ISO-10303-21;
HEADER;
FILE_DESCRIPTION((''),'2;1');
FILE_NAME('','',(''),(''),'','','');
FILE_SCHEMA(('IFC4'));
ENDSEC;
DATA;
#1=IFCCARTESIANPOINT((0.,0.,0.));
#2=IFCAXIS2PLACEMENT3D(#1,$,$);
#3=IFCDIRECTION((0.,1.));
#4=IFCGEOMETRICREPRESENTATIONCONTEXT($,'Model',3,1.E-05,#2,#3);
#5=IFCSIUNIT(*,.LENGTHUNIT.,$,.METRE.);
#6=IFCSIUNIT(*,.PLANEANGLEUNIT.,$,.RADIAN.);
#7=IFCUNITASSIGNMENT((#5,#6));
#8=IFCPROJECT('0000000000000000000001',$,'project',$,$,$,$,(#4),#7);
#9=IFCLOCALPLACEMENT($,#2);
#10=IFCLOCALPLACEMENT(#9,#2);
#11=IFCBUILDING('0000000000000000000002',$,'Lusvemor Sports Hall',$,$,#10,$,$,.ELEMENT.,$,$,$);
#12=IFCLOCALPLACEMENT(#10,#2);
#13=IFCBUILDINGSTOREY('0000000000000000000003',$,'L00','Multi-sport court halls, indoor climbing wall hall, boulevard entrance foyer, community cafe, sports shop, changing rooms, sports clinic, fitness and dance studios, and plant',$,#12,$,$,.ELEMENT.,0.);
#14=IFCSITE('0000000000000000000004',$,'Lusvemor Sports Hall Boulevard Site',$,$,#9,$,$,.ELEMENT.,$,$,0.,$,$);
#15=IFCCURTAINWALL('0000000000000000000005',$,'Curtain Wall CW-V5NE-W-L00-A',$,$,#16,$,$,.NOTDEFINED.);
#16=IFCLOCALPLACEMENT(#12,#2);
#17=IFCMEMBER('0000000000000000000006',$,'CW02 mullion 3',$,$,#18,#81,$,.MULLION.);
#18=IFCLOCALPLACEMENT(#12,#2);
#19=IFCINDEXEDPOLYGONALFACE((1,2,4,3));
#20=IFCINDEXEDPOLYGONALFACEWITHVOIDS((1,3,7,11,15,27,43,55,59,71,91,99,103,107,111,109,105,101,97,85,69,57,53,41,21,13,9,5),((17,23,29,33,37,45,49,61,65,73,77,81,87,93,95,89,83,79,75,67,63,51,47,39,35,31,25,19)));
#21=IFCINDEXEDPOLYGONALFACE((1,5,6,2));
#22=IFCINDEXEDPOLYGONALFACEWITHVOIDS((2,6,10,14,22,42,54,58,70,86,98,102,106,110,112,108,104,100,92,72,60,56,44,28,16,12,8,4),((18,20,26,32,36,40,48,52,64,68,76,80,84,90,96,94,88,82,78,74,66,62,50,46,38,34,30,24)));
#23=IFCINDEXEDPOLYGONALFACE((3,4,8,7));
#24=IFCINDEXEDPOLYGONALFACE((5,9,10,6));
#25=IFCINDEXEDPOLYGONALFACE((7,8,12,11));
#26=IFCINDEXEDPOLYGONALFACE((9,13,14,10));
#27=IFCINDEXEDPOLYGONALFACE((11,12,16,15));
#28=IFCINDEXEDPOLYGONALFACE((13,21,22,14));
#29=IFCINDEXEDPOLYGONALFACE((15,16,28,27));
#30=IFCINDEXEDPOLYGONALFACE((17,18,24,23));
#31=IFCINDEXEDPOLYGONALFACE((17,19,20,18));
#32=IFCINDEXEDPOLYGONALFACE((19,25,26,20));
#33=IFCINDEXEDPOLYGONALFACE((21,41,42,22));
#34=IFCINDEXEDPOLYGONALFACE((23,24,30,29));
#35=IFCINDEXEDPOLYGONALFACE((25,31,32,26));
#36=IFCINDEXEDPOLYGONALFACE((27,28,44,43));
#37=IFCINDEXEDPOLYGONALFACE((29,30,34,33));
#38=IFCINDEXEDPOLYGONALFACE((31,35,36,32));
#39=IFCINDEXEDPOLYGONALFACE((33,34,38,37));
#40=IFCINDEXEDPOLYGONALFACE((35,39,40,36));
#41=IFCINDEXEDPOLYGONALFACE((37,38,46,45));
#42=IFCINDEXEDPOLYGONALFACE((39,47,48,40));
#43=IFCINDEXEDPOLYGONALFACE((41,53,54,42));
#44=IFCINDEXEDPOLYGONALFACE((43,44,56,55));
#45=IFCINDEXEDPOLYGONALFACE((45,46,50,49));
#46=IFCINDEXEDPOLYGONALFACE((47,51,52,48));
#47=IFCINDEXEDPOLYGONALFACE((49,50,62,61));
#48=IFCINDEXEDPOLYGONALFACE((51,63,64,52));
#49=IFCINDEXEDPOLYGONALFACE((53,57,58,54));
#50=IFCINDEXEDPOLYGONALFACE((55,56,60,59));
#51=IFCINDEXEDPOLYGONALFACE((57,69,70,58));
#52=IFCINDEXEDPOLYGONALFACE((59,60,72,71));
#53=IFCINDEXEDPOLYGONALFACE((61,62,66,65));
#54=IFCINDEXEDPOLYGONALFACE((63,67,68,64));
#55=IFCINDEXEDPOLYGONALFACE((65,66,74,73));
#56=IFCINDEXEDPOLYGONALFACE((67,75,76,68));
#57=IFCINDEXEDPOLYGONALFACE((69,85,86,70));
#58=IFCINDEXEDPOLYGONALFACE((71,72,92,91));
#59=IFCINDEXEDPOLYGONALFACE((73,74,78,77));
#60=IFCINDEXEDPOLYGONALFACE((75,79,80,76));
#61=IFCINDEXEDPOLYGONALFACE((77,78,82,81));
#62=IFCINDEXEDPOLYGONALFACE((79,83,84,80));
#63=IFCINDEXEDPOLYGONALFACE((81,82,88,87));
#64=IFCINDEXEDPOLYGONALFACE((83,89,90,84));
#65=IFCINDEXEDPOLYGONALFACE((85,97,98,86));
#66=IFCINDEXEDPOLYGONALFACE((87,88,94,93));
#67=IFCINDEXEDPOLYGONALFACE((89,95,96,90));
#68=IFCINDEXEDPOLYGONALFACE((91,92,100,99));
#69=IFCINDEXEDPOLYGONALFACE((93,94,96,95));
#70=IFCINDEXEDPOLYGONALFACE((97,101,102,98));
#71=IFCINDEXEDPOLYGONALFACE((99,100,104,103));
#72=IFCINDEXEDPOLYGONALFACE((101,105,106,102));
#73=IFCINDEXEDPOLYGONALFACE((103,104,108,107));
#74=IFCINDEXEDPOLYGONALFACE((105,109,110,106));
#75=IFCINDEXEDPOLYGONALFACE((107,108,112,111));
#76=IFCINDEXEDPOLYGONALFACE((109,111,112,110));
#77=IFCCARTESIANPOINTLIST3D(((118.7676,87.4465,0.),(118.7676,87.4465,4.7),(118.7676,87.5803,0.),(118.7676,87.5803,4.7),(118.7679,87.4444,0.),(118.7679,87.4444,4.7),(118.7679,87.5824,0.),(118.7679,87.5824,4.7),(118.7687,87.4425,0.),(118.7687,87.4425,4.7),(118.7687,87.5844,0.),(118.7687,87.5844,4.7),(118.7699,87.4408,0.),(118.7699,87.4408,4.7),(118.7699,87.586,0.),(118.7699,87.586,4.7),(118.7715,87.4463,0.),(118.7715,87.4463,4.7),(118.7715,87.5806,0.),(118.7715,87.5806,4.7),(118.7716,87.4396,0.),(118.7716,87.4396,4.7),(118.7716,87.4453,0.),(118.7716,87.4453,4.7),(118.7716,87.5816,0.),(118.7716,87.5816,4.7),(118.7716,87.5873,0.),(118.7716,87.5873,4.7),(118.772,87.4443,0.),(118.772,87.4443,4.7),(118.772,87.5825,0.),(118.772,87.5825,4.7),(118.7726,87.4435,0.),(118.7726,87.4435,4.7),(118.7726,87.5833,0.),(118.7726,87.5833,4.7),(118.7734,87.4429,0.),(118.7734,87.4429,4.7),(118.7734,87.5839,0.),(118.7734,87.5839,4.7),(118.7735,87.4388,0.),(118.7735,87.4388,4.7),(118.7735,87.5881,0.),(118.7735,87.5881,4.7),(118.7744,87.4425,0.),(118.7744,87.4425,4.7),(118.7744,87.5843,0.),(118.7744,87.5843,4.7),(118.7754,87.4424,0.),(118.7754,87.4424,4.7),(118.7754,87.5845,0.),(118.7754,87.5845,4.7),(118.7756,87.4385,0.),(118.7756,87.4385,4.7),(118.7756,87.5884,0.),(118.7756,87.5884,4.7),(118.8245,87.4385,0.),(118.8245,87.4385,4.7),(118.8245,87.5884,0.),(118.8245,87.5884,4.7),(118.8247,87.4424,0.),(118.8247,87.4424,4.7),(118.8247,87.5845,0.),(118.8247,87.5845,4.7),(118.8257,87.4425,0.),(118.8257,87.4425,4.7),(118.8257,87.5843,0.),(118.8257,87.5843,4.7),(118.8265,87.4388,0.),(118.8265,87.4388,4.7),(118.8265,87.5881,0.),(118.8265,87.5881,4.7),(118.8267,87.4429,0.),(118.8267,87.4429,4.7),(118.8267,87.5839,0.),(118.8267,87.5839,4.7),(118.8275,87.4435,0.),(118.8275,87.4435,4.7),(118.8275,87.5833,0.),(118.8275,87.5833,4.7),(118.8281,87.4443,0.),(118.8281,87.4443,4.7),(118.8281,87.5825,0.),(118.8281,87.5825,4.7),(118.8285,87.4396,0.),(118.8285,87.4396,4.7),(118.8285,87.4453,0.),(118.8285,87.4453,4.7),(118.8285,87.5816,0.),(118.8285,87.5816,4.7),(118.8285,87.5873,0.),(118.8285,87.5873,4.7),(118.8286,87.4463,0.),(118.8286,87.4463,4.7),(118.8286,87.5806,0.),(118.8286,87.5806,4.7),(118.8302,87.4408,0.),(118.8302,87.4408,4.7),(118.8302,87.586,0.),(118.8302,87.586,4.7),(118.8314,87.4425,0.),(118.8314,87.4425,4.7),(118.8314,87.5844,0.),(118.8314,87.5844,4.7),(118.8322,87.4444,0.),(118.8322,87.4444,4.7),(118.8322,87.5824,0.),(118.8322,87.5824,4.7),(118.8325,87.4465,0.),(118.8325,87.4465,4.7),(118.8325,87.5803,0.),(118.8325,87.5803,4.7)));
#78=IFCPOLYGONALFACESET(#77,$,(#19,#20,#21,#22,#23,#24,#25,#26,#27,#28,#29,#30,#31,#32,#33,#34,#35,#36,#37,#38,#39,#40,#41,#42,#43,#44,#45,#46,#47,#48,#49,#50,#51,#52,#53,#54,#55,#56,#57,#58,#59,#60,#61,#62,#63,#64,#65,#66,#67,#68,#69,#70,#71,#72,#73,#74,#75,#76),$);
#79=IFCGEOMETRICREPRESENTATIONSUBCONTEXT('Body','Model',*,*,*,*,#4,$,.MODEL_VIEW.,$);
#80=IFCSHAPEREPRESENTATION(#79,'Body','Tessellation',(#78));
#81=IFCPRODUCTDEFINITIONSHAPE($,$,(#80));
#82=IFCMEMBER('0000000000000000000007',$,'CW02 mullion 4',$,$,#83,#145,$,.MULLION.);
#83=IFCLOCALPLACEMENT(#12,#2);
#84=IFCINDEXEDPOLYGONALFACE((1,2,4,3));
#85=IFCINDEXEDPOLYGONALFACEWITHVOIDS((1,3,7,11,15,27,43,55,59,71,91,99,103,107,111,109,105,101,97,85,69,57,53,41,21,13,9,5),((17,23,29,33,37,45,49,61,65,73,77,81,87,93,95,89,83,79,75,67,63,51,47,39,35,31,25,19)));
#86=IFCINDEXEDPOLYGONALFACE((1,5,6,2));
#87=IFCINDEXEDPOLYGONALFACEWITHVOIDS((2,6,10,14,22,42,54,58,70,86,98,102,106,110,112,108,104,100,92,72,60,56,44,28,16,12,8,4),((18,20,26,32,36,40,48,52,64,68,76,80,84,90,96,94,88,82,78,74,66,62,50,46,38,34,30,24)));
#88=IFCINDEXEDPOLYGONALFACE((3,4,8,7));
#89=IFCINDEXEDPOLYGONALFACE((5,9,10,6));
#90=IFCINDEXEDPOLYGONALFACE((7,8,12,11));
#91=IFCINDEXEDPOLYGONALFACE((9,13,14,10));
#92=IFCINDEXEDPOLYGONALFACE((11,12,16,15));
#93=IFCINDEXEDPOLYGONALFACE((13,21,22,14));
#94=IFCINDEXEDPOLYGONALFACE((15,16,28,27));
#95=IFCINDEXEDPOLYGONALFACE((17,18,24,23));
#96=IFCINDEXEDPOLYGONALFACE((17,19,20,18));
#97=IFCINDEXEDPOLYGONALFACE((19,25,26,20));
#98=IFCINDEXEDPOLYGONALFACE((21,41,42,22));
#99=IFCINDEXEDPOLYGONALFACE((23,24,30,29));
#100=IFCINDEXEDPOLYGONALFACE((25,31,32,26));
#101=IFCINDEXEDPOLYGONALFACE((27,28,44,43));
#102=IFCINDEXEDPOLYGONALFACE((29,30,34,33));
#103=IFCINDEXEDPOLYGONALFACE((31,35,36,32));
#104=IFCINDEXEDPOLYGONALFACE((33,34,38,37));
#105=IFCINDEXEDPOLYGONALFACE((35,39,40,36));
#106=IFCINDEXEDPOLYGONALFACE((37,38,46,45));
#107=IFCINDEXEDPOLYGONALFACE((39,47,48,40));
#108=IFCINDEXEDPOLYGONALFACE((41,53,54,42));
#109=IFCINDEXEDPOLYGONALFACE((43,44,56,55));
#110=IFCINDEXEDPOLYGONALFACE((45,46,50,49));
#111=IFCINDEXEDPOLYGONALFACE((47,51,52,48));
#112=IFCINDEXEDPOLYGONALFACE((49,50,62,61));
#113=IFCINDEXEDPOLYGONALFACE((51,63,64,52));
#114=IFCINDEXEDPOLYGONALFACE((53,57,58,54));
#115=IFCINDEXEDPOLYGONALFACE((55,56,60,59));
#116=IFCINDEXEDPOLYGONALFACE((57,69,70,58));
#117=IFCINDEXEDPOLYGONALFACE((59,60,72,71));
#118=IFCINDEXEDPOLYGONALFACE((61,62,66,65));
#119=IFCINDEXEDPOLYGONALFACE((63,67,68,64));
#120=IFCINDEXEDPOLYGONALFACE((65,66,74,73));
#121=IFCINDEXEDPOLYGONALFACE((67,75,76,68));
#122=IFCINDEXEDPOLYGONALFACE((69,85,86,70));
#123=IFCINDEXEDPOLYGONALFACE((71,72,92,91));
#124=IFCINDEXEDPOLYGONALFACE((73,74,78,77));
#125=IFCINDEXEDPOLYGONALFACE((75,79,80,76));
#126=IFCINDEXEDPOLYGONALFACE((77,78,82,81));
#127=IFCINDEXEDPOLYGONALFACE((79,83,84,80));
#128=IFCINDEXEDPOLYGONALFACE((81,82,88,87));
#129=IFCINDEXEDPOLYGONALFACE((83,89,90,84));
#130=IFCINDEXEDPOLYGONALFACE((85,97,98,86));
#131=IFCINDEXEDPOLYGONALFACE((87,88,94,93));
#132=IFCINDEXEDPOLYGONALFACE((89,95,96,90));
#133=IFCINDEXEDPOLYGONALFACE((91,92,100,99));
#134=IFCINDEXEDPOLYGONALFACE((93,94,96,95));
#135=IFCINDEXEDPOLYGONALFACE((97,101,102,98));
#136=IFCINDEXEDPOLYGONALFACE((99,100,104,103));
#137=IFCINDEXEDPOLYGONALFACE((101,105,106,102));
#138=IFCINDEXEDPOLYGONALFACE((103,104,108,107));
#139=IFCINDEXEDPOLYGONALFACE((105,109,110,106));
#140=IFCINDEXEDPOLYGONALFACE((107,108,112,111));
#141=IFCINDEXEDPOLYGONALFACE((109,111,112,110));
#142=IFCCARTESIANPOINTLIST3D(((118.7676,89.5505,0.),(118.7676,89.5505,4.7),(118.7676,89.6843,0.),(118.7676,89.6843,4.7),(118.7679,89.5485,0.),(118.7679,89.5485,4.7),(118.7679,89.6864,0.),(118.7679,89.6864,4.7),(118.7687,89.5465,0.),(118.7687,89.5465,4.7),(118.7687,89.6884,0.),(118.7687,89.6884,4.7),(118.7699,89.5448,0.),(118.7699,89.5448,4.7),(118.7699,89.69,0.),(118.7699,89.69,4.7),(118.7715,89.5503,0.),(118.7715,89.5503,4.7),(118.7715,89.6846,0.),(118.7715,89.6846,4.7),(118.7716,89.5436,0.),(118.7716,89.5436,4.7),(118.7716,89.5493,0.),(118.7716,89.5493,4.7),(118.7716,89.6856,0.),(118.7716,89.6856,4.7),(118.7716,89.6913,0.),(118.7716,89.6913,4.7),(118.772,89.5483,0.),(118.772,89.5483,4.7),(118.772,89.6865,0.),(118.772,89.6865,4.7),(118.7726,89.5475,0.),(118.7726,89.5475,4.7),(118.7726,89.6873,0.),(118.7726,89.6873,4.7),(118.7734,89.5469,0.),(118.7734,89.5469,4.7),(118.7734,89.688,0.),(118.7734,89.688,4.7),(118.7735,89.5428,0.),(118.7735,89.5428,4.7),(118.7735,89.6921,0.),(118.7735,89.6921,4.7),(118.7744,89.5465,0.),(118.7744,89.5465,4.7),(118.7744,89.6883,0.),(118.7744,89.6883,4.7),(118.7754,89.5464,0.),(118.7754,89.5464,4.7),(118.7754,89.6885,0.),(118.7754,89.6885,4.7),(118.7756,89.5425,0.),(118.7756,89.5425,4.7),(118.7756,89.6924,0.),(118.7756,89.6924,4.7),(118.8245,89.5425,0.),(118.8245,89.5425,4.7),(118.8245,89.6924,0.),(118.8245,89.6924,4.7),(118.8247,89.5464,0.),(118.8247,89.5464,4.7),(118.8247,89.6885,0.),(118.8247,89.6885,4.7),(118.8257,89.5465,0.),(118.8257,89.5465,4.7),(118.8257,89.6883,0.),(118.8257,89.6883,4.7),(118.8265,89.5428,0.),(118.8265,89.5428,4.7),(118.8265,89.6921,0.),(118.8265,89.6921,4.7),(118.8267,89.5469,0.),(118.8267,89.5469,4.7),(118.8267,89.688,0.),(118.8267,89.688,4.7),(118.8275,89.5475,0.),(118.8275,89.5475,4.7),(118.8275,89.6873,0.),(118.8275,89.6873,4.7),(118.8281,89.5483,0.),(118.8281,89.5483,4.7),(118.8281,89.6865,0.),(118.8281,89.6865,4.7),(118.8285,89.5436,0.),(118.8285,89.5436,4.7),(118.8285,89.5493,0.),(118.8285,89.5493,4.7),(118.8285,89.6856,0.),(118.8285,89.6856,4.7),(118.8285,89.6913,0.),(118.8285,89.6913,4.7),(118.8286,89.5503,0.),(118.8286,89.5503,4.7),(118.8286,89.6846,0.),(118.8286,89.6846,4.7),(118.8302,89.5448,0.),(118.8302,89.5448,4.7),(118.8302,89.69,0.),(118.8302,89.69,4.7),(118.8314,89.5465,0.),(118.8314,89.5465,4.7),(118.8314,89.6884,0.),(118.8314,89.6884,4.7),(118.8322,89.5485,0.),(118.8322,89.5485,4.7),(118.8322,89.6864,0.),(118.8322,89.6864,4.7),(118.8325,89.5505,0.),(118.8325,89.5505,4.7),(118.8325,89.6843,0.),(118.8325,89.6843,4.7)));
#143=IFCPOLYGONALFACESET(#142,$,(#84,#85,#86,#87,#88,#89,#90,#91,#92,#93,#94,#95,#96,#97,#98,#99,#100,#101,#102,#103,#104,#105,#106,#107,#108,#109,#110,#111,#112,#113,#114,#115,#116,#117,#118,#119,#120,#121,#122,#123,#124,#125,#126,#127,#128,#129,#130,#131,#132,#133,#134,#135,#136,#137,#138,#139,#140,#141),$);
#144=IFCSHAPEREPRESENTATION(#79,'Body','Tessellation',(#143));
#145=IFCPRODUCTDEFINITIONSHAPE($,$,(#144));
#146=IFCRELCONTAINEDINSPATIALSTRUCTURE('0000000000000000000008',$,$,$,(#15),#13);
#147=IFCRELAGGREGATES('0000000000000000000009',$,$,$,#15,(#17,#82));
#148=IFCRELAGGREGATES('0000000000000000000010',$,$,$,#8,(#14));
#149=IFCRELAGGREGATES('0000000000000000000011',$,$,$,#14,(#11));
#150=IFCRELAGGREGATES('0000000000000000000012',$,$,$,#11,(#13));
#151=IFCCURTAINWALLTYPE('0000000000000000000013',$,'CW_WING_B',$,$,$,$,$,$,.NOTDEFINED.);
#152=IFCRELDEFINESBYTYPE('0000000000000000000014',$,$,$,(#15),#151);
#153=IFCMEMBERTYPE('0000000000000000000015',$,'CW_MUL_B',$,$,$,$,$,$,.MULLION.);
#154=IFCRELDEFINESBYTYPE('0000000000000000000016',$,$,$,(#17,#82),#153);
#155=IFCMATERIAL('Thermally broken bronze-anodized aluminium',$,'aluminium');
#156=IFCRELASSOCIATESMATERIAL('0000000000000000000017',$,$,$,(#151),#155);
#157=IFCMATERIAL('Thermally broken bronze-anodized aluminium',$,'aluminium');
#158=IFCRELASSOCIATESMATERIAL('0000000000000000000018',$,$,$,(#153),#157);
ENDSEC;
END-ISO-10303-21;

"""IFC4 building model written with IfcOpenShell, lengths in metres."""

from ifc_helpers import new_model, si_unit, direction, frame, origin, origin_2d, place, context, subcontext, project, spatial, hollow_rectangle, extrude, material, material_profile, profile_set, type_object, element, aggregate, save


model = new_model("IFC4")

# Units and contexts
model_context = context("Model", 3, precision=1e-05, world=origin(), true_north=direction((0.0, 1.0)))
body_context = subcontext(model_context, "Body", "Model", "MODEL_VIEW")
ifc_project = project(units=[si_unit("LENGTHUNIT", "METRE"), si_unit("PLANEANGLEUNIT", "RADIAN")], contexts=[model_context])

# Site, building, storey
site_placement = place(None, origin())
site = spatial("IfcSite", under=ifc_project, at=site_placement, Name="Lusvemor Sports Hall Boulevard Site", CompositionType="ELEMENT", RefElevation=0.0)
building_placement = place(site_placement, origin())
building = spatial("IfcBuilding", under=site, at=building_placement, Name="Lusvemor Sports Hall", CompositionType="ELEMENT")
storey_placement = place(building_placement, origin())
storey = spatial("IfcBuildingStorey", under=building, at=storey_placement, Name="L00", Description="Multi-sport court halls, indoor climbing wall hall, boulevard entrance foyer, community cafe, sports shop, changing rooms, sports clinic, fitness and dance studios, and plant", CompositionType="ELEMENT", Elevation=0.0)

# Shared definitions
ifc_material_1 = material(Name="Thermally broken bronze-anodized aluminium", Category="aluminium")
curtain_wall_type = type_object("IfcCurtainWallType", Name="CW_WING_B", PredefinedType="NOTDEFINED", material=ifc_material_1)
ifc_material_2 = material(Name="Thermally broken bronze-anodized aluminium", Category="aluminium")
ifc_material_profile_1 = material_profile(ifc_material_2, hollow_rectangle(XDim=0.0649, YDim=0.1499, WallThickness=0.0039, InnerFilletRadius=0.0039, OuterFilletRadius=0.0081, at=origin_2d()), Name="CWMUL150x65x4")
ifc_profile_set_1 = profile_set([ifc_material_profile_1], Name="Thermally broken bronze-anodized aluminium")
member_type_1 = type_object("IfcMemberType", Name="CW_MUL_B", PredefinedType="MULLION", material=ifc_profile_set_1)

# Curtain wall, members
curtain_wall_1_placement = place(storey_placement, origin())
curtain_wall_1 = element("IfcCurtainWall", 1, at=curtain_wall_1_placement, inside=storey, type_object=curtain_wall_type, Name="Curtain Wall CW-V5NE-W-L00-A", PredefinedType="NOTDEFINED")
member_1_placement = place(storey_placement, frame((118.8, 87.5134, 0.0), z_axis=(0.0, 0.0, 1.0), x_axis=(-1.0, 0.0, 0.0)))
member_1 = element("IfcMember", 2, at=member_1_placement, type_object=member_type_1, Name="CW02 mullion 3", PredefinedType="MULLION", context=body_context, shape_type="SweptSolid", body=[
    extrude(hollow_rectangle(XDim=0.0649, YDim=0.1499, WallThickness=0.0039, InnerFilletRadius=0.0039, OuterFilletRadius=0.0081, at=origin_2d()), origin(), (0.0, 0.0, 1.0), 4.7),
])
member_2_placement = place(storey_placement, frame((118.8, 89.6174, 0.0), z_axis=(0.0, 0.0, 1.0), x_axis=(-1.0, 0.0, 0.0)))
member_2 = element("IfcMember", 3, at=member_2_placement, type_object=member_type_1, Name="CW02 mullion 4", PredefinedType="MULLION", context=body_context, shape_type="SweptSolid", body=[
    extrude(hollow_rectangle(XDim=0.0649, YDim=0.1499, WallThickness=0.0039, InnerFilletRadius=0.0039, OuterFilletRadius=0.0081, at=origin_2d()), origin(), (0.0, 0.0, 1.0), 4.7),
])
aggregate(curtain_wall_1, [member_1, member_2])

save(model, "model.ifc")
